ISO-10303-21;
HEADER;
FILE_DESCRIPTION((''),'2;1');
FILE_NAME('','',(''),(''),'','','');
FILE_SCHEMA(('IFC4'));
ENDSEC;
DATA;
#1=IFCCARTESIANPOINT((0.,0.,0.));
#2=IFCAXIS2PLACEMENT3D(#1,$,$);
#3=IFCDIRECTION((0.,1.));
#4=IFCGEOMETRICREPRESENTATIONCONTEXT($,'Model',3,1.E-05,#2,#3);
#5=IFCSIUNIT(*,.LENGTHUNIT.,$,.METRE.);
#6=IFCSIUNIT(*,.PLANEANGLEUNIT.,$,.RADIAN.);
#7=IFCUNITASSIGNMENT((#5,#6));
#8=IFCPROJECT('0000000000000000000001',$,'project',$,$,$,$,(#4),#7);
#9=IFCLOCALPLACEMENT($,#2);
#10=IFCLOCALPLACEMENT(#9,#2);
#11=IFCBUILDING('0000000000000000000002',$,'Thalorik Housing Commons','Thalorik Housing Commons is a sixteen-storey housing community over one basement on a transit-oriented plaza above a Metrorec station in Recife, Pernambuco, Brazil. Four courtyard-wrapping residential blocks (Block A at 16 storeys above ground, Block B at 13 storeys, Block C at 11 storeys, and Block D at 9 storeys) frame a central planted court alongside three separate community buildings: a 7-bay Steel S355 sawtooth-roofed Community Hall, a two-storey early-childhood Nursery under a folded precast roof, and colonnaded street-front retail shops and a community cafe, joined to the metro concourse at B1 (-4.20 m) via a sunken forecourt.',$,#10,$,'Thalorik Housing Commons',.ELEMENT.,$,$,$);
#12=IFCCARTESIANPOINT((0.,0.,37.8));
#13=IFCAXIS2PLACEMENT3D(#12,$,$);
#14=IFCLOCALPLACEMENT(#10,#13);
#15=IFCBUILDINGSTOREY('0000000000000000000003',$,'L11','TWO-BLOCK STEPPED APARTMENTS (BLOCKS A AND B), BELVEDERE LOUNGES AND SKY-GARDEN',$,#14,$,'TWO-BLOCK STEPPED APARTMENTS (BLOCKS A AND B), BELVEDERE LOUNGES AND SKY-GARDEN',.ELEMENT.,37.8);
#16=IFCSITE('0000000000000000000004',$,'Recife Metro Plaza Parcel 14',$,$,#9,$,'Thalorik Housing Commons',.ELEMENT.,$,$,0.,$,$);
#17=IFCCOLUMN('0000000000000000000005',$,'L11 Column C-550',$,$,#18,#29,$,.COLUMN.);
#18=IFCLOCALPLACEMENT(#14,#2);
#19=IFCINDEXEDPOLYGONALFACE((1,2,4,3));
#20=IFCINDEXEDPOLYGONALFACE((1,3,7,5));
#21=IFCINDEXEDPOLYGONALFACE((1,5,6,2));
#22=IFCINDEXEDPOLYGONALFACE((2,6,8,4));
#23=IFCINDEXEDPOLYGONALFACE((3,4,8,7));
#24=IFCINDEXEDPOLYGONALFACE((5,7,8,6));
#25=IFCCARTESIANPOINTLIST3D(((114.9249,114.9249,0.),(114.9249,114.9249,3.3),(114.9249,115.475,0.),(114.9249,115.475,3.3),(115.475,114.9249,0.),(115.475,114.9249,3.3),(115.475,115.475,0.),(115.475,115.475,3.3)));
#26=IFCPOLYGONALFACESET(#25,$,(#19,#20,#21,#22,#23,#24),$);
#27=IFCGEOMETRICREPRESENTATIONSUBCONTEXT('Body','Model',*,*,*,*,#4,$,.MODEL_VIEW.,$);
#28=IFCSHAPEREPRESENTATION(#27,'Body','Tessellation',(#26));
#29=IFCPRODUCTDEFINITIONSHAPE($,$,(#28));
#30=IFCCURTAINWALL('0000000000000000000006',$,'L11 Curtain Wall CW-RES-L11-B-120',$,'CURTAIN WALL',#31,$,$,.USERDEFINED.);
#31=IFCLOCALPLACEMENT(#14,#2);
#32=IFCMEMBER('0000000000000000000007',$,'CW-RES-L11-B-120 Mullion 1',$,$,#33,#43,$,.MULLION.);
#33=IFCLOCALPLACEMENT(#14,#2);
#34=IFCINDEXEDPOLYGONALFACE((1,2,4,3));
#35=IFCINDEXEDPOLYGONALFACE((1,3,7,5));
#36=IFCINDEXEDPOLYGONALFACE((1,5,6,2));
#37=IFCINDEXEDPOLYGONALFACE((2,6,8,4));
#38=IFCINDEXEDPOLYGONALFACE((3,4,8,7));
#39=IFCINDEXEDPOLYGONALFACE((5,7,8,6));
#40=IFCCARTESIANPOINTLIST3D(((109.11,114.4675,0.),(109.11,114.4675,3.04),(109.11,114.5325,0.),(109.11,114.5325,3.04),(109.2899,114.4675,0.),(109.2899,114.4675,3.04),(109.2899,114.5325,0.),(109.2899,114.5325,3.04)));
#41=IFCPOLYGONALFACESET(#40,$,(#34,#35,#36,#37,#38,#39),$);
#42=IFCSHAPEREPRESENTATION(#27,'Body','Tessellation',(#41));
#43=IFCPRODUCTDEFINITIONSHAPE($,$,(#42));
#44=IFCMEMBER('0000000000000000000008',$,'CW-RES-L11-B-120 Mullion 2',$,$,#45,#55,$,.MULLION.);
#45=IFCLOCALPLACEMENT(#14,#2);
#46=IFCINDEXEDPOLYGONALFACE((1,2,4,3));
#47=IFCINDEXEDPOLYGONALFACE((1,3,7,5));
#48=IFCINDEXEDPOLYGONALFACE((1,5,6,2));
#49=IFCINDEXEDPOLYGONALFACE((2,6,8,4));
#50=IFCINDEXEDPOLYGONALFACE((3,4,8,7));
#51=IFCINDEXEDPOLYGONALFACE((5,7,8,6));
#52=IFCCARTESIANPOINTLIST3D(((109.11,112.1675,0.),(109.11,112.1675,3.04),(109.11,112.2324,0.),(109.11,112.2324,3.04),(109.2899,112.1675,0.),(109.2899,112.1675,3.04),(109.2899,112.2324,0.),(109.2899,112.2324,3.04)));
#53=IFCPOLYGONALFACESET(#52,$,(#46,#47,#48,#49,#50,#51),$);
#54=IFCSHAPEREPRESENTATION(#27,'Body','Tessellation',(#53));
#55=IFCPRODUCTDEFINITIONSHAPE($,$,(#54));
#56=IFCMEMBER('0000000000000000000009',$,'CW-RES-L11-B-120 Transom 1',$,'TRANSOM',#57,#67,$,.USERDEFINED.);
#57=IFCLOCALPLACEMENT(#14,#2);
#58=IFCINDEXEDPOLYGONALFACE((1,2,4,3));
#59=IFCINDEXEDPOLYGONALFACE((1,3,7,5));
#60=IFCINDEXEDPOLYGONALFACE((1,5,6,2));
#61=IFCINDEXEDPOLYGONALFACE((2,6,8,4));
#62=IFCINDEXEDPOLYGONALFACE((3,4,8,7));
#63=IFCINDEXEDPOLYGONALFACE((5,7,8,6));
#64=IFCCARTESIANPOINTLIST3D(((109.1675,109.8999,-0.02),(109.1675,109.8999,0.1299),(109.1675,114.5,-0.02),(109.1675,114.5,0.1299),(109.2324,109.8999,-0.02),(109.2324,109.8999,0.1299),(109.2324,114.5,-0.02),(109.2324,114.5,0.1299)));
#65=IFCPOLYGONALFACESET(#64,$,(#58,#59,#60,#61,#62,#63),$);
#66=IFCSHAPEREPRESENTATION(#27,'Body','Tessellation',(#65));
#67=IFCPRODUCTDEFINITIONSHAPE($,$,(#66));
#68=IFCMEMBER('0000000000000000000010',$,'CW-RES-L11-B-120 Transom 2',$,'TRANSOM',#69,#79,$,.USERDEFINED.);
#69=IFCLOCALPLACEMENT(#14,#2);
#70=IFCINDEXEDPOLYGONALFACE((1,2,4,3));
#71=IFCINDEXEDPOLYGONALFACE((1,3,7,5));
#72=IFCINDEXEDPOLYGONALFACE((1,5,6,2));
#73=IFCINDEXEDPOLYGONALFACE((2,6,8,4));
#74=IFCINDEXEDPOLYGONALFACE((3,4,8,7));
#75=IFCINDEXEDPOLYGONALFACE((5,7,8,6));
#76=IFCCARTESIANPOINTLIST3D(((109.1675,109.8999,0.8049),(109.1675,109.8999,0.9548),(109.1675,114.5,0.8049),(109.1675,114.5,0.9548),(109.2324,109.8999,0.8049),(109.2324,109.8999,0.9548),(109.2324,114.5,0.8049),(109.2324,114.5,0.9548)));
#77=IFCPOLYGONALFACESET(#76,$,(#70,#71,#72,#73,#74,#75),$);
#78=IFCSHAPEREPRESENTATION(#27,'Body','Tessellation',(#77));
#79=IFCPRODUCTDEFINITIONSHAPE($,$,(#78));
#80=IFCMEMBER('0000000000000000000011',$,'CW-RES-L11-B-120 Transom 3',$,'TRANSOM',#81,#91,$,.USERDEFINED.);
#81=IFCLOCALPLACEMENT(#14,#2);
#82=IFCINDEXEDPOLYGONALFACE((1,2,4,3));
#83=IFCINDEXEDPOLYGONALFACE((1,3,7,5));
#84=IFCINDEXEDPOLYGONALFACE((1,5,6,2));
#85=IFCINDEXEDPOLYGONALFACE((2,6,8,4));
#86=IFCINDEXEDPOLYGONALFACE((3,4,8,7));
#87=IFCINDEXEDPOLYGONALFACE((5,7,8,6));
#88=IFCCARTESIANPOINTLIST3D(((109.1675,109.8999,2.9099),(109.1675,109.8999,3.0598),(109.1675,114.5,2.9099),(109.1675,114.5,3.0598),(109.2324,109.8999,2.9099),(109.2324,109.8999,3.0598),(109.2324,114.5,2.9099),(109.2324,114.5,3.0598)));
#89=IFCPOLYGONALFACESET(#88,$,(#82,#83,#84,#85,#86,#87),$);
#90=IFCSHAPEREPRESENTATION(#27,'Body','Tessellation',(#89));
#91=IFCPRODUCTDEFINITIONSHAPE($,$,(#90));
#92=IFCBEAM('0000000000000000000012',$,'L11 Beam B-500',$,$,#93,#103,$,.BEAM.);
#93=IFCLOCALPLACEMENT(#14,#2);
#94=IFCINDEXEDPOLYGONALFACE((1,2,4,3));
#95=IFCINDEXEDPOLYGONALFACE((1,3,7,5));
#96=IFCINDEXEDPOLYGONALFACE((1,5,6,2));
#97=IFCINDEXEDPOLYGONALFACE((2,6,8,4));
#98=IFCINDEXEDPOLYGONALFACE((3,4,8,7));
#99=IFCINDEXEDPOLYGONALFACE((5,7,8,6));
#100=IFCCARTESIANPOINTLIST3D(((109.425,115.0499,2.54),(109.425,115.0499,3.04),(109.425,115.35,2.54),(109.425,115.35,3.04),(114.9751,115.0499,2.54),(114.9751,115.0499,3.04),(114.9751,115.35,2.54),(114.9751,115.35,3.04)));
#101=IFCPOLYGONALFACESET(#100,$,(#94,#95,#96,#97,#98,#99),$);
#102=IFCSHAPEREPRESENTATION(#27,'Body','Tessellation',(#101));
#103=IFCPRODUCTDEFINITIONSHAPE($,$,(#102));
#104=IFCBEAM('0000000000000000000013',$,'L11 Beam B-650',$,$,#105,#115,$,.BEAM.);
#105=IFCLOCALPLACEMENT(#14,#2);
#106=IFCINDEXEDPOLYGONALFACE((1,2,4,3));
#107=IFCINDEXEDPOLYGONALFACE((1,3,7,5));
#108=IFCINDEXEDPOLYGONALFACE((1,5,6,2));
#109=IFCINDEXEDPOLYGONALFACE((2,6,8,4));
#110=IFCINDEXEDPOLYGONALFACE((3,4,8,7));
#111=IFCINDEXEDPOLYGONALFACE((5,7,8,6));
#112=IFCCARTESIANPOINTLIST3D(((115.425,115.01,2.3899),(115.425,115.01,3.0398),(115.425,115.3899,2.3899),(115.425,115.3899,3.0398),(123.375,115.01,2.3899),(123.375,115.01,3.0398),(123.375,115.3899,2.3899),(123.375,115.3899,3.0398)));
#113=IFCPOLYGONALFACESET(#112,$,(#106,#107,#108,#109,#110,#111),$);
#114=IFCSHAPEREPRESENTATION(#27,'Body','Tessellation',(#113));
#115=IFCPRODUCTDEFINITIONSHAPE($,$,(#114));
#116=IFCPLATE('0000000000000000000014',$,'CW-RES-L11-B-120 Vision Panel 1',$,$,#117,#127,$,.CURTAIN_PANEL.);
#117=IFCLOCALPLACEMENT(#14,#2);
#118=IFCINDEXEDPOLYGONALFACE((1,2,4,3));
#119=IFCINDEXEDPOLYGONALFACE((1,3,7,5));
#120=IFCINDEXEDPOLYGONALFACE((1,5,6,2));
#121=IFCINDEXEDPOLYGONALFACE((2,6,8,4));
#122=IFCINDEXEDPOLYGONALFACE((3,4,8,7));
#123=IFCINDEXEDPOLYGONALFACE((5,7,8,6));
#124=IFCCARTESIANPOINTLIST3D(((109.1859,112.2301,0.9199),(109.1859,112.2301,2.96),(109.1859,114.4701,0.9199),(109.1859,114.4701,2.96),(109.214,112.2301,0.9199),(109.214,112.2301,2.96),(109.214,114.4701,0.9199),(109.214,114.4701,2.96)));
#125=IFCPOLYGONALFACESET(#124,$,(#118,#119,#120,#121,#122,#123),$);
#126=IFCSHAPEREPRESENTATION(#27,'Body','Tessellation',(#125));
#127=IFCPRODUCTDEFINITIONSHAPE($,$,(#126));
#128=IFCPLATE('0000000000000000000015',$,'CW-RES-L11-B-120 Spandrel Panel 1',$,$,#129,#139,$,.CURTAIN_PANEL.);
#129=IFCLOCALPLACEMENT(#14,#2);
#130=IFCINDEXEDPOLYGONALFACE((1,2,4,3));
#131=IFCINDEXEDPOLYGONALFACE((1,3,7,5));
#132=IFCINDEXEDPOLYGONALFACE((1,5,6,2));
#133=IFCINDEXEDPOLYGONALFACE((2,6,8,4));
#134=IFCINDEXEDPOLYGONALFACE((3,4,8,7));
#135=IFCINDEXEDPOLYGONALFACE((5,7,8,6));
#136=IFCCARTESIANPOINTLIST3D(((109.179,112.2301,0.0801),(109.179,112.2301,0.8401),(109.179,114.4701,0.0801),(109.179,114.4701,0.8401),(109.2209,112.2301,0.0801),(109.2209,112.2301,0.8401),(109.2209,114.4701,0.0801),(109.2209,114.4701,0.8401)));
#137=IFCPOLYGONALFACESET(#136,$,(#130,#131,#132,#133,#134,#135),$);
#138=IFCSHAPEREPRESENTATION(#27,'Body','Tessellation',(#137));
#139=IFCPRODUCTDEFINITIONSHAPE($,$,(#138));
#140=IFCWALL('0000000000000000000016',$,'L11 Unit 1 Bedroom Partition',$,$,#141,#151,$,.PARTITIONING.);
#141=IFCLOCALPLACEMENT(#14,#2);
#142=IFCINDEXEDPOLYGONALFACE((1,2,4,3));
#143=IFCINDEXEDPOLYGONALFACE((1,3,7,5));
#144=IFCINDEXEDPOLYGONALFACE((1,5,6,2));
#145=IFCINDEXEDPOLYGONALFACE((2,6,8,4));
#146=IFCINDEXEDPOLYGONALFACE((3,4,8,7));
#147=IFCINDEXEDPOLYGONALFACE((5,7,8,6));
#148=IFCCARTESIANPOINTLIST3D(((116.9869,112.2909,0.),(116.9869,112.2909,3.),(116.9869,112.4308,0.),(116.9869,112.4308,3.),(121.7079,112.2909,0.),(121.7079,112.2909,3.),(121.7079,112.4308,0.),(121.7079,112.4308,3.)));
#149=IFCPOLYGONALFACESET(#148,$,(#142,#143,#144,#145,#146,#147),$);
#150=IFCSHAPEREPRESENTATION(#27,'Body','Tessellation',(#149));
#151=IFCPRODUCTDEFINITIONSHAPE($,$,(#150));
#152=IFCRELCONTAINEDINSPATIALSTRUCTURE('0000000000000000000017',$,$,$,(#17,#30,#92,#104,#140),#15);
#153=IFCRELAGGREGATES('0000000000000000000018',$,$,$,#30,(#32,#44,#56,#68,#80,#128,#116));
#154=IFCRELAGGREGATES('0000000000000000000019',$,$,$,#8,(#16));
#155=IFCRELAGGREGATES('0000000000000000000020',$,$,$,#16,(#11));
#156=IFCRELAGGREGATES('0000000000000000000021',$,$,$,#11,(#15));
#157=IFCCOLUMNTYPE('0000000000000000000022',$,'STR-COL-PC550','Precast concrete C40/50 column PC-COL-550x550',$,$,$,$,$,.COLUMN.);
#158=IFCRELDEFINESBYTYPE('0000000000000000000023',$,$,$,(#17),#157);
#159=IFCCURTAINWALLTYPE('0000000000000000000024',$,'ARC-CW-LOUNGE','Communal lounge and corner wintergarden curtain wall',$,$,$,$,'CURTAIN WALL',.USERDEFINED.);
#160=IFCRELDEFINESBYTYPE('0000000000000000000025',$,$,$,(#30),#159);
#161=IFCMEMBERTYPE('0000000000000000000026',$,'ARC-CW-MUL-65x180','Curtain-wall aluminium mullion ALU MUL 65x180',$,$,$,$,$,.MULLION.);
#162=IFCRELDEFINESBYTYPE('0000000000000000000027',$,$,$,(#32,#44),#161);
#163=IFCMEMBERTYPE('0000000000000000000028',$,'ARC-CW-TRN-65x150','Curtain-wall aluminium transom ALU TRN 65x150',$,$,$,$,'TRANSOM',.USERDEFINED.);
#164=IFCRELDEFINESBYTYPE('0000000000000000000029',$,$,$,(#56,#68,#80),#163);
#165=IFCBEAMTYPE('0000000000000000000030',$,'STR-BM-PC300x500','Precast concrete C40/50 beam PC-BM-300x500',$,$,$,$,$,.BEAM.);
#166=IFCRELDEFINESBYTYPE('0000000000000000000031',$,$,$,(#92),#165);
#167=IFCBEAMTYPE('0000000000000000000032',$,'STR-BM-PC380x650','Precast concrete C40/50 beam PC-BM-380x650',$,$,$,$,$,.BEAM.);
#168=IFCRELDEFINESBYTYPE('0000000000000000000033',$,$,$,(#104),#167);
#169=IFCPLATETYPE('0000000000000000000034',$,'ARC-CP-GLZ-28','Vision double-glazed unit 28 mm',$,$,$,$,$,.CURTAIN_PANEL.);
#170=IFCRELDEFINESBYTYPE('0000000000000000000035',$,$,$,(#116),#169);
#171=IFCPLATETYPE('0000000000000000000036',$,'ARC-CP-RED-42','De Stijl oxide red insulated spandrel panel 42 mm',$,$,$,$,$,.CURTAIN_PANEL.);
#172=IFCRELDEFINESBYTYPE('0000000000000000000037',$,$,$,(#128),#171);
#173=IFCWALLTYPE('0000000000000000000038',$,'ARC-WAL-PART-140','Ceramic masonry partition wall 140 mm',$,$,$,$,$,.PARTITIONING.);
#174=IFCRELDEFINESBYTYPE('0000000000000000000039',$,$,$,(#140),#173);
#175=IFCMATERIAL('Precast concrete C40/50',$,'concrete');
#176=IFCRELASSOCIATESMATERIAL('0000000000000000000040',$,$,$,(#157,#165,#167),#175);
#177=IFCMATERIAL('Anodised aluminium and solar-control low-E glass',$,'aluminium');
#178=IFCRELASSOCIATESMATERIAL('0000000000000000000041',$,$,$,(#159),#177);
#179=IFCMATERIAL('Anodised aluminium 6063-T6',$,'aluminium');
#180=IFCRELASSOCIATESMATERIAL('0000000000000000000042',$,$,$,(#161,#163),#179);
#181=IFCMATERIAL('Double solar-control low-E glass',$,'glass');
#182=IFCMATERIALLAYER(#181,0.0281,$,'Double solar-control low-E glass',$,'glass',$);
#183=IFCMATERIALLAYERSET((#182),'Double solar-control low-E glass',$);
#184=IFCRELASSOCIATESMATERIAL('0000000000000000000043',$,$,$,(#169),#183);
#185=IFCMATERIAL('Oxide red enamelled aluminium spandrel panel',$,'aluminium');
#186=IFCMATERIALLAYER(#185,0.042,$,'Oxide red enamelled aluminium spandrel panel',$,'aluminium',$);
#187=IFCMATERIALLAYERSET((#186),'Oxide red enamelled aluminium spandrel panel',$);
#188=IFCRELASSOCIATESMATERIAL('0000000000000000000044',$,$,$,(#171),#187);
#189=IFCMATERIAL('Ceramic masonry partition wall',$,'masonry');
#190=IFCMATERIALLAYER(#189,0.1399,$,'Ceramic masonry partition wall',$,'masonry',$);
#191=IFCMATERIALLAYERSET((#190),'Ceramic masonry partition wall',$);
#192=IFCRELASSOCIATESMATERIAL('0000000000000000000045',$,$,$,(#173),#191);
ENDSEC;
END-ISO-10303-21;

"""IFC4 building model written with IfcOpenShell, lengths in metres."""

from ifc_helpers import new_model, si_unit, direction, frame, frame_2d, origin, origin_2d, place, context, subcontext, project, spatial, rectangle, extrude, material, layer, layer_set, material_profile, profile_set, type_object, element, aggregate, save


model = new_model("IFC4")

# Units and contexts
model_context = context("Model", 3, precision=1e-05, world=origin(), true_north=direction((0.0, 1.0)))
body_context = subcontext(model_context, "Body", "Model", "MODEL_VIEW")
ifc_project = project(units=[si_unit("LENGTHUNIT", "METRE"), si_unit("PLANEANGLEUNIT", "RADIAN")], contexts=[model_context])

# Site, building, storey
site_placement = place(None, origin())
site = spatial("IfcSite", under=ifc_project, at=site_placement, Name="Recife Metro Plaza Parcel 14", LongName="Thalorik Housing Commons", CompositionType="ELEMENT", RefElevation=0.0)
building_placement = place(site_placement, origin())
building = spatial("IfcBuilding", under=site, at=building_placement, Name="Thalorik Housing Commons", Description="Thalorik Housing Commons is a sixteen-storey housing community over one basement on a transit-oriented plaza above a Metrorec station in Recife, Pernambuco, Brazil. Four courtyard-wrapping residential blocks (Block A at 16 storeys above ground, Block B at 13 storeys, Block C at 11 storeys, and Block D at 9 storeys) frame a central planted court alongside three separate community buildings: a 7-bay Steel S355 sawtooth-roofed Community Hall, a two-storey early-childhood Nursery under a folded precast roof, and colonnaded street-front retail shops and a community cafe, joined to the metro concourse at B1 (-4.20 m) via a sunken forecourt.", LongName="Thalorik Housing Commons", CompositionType="ELEMENT")
storey_placement = place(building_placement, frame((0.0, 0.0, 37.8)))
storey = spatial("IfcBuildingStorey", under=building, at=storey_placement, Name="L11", Description="TWO-BLOCK STEPPED APARTMENTS (BLOCKS A AND B), BELVEDERE LOUNGES AND SKY-GARDEN", LongName="TWO-BLOCK STEPPED APARTMENTS (BLOCKS A AND B), BELVEDERE LOUNGES AND SKY-GARDEN", CompositionType="ELEMENT", Elevation=37.8)

# Column
ifc_material_1 = material(Name="Precast concrete C40/50", Category="concrete")
ifc_material_profile_1 = material_profile(ifc_material_1, rectangle(XDim=0.55, YDim=0.55, at=origin_2d()), Name="PC 550x550", Category="concrete")
ifc_profile_set_1 = profile_set([ifc_material_profile_1], Name="Precast concrete C40/50")
column_type = type_object("IfcColumnType", Name="STR-COL-PC550", Description="Precast concrete C40/50 column PC-COL-550x550", PredefinedType="COLUMN", material=ifc_profile_set_1)
column_placement = place(storey_placement, frame((115.2, 115.2, 0.0), z_axis=(0.0, 0.0, 1.0), x_axis=(1.0, 0.0, 0.0)))
element("IfcColumn", 1, at=column_placement, inside=storey, type_object=column_type, Name="L11 Column C-550", PredefinedType="COLUMN", context=body_context, shape_type="SweptSolid", body=[
    extrude(rectangle(XDim=0.55, YDim=0.55, at=origin_2d()), origin(), (0.0, 0.0, 1.0), 3.3),
])

# Curtain wall, members
ifc_material_2 = material(Name="Anodised aluminium and solar-control low-E glass", Category="aluminium")
curtain_wall_type = type_object("IfcCurtainWallType", Name="ARC-CW-LOUNGE", Description="Communal lounge and corner wintergarden curtain wall", ElementType="CURTAIN WALL", PredefinedType="USERDEFINED", material=ifc_material_2)
curtain_wall_placement = place(storey_placement, origin())
curtain_wall = element("IfcCurtainWall", 2, at=curtain_wall_placement, inside=storey, type_object=curtain_wall_type, Name="L11 Curtain Wall CW-RES-L11-B-120", ObjectType="CURTAIN WALL", PredefinedType="USERDEFINED")
ifc_material_3 = material(Name="Anodised aluminium 6063-T6", Category="aluminium")
ifc_material_profile_2 = material_profile(ifc_material_3, rectangle(XDim=0.0649, YDim=0.1799, at=origin_2d()), Name="ALU MUL 65x180", Category="aluminium")
ifc_profile_set_2 = profile_set([ifc_material_profile_2], Name="Anodised aluminium 6063-T6")
member_type_1 = type_object("IfcMemberType", Name="ARC-CW-MUL-65x180", Description="Curtain-wall aluminium mullion ALU MUL 65x180", PredefinedType="MULLION", material=ifc_profile_set_2)
member_1_placement = place(storey_placement, frame((109.2, 114.5, 0.0), z_axis=(0.0, 0.0, 1.0), x_axis=(0.0, -1.0, 0.0)))
member_1 = element("IfcMember", 3, at=member_1_placement, type_object=member_type_1, Name="CW-RES-L11-B-120 Mullion 1", PredefinedType="MULLION", context=body_context, shape_type="SweptSolid", body=[
    extrude(rectangle(XDim=0.0649, YDim=0.1799, at=origin_2d()), origin(), (0.0, 0.0, 1.0), 3.04),
])
member_2_placement = place(storey_placement, frame((109.2, 112.2, 0.0), z_axis=(0.0, 0.0, 1.0), x_axis=(0.0, -1.0, 0.0)))
member_2 = element("IfcMember", 4, at=member_2_placement, type_object=member_type_1, Name="CW-RES-L11-B-120 Mullion 2", PredefinedType="MULLION", context=body_context, shape_type="SweptSolid", body=[
    extrude(rectangle(XDim=0.0649, YDim=0.1799, at=origin_2d()), origin(), (0.0, 0.0, 1.0), 3.04),
])
ifc_material_profile_3 = material_profile(ifc_material_3, rectangle(XDim=0.0649, YDim=0.1499, at=origin_2d()), Name="ALU TRN 65x150", Category="aluminium")
ifc_profile_set_3 = profile_set([ifc_material_profile_3], Name="Anodised aluminium 6063-T6")
member_type_2 = type_object("IfcMemberType", Name="ARC-CW-TRN-65x150", Description="Curtain-wall aluminium transom ALU TRN 65x150", ElementType="TRANSOM", PredefinedType="USERDEFINED", material=ifc_profile_set_3)
member_3_placement = place(storey_placement, frame((109.2, 114.5, 0.0549), z_axis=(0.0, -1.0, 0.0), x_axis=(1.0, 0.0, 0.0)))
member_3 = element("IfcMember", 5, at=member_3_placement, type_object=member_type_2, Name="CW-RES-L11-B-120 Transom 1", ObjectType="TRANSOM", PredefinedType="USERDEFINED", context=body_context, shape_type="SweptSolid", body=[
    extrude(rectangle(XDim=0.0649, YDim=0.1499, at=origin_2d()), origin(), (0.0, 0.0, 1.0), 4.6001),
])
member_4_placement = place(storey_placement, frame((109.2, 114.5, 0.8799), z_axis=(0.0, -1.0, 0.0), x_axis=(1.0, 0.0, 0.0)))
member_4 = element("IfcMember", 6, at=member_4_placement, type_object=member_type_2, Name="CW-RES-L11-B-120 Transom 2", ObjectType="TRANSOM", PredefinedType="USERDEFINED", context=body_context, shape_type="SweptSolid", body=[
    extrude(rectangle(XDim=0.0649, YDim=0.1499, at=origin_2d()), origin(), (0.0, 0.0, 1.0), 4.6001),
])
member_5_placement = place(storey_placement, frame((109.2, 114.5, 2.9849), z_axis=(0.0, -1.0, 0.0), x_axis=(1.0, 0.0, 0.0)))
member_5 = element("IfcMember", 7, at=member_5_placement, type_object=member_type_2, Name="CW-RES-L11-B-120 Transom 3", ObjectType="TRANSOM", PredefinedType="USERDEFINED", context=body_context, shape_type="SweptSolid", body=[
    extrude(rectangle(XDim=0.0649, YDim=0.1499, at=origin_2d()), origin(), (0.0, 0.0, 1.0), 4.6001),
])

# Beams
ifc_material_profile_4 = material_profile(ifc_material_1, rectangle(XDim=0.3, YDim=0.5, at=origin_2d()), Name="PC 300x500", Category="concrete")
ifc_profile_set_4 = profile_set([ifc_material_profile_4], Name="Precast concrete C40/50")
beam_type_1 = type_object("IfcBeamType", Name="STR-BM-PC300x500", Description="Precast concrete C40/50 beam PC-BM-300x500", PredefinedType="BEAM", material=ifc_profile_set_4)
beam_1_placement = place(storey_placement, frame((109.425, 115.2, 2.79), z_axis=(1.0, 0.0, 0.0), x_axis=(0.0, 1.0, 0.0)))
element("IfcBeam", 8, at=beam_1_placement, inside=storey, type_object=beam_type_1, Name="L11 Beam B-500", PredefinedType="BEAM", context=body_context, shape_type="SweptSolid", body=[
    extrude(rectangle(XDim=0.3, YDim=0.5, at=origin_2d()), origin(), (0.0, 0.0, 1.0), 5.55),
])
ifc_material_profile_5 = material_profile(ifc_material_1, rectangle(XDim=0.3799, YDim=0.6499, at=origin_2d()), Name="PC 380x650", Category="concrete")
ifc_profile_set_5 = profile_set([ifc_material_profile_5], Name="Precast concrete C40/50")
beam_type_2 = type_object("IfcBeamType", Name="STR-BM-PC380x650", Description="Precast concrete C40/50 beam PC-BM-380x650", PredefinedType="BEAM", material=ifc_profile_set_5)
beam_2_placement = place(storey_placement, frame((115.425, 115.2, 2.7148), z_axis=(1.0, 0.0, 0.0), x_axis=(0.0, 1.0, 0.0)))
element("IfcBeam", 9, at=beam_2_placement, inside=storey, type_object=beam_type_2, Name="L11 Beam B-650", PredefinedType="BEAM", context=body_context, shape_type="SweptSolid", body=[
    extrude(rectangle(XDim=0.3799, YDim=0.6499, at=origin_2d()), origin(), (0.0, 0.0, 1.0), 7.95),
])

# Plates
ifc_material_4 = material(Name="Double solar-control low-E glass", Category="glass")
ifc_layer_1 = layer(ifc_material_4, 0.0281, Name="Double solar-control low-E glass", Category="glass")
ifc_layer_set_1 = layer_set([ifc_layer_1], Name="Double solar-control low-E glass")
plate_type_1 = type_object("IfcPlateType", Name="ARC-CP-GLZ-28", Description="Vision double-glazed unit 28 mm", PredefinedType="CURTAIN_PANEL", material=ifc_layer_set_1)
plate_1_placement = place(storey_placement, frame((109.2, 113.3501, 0.9199), z_axis=(0.0, 0.0, 1.0), x_axis=(0.0, -1.0, 0.0)))
plate_1 = element("IfcPlate", 10, at=plate_1_placement, type_object=plate_type_1, Name="CW-RES-L11-B-120 Vision Panel 1", PredefinedType="CURTAIN_PANEL", context=body_context, shape_type="SweptSolid", body=[
    extrude(rectangle(XDim=2.24, YDim=0.0281, at=origin_2d()), origin(), (0.0, 0.0, 1.0), 2.04),
])
ifc_material_5 = material(Name="Oxide red enamelled aluminium spandrel panel", Category="aluminium")
ifc_layer_2 = layer(ifc_material_5, 0.042, Name="Oxide red enamelled aluminium spandrel panel", Category="aluminium")
ifc_layer_set_2 = layer_set([ifc_layer_2], Name="Oxide red enamelled aluminium spandrel panel")
plate_type_2 = type_object("IfcPlateType", Name="ARC-CP-RED-42", Description="De Stijl oxide red insulated spandrel panel 42 mm", PredefinedType="CURTAIN_PANEL", material=ifc_layer_set_2)
plate_2_placement = place(storey_placement, frame((109.2, 113.3501, 0.0801), z_axis=(0.0, 0.0, 1.0), x_axis=(0.0, -1.0, 0.0)))
plate_2 = element("IfcPlate", 11, at=plate_2_placement, type_object=plate_type_2, Name="CW-RES-L11-B-120 Spandrel Panel 1", PredefinedType="CURTAIN_PANEL", context=body_context, shape_type="SweptSolid", body=[
    extrude(rectangle(XDim=2.24, YDim=0.042, at=origin_2d()), origin(), (0.0, 0.0, 1.0), 0.76),
])
aggregate(curtain_wall, [member_1, member_2, member_3, member_4, member_5, plate_2, plate_1])

# Wall
ifc_material_6 = material(Name="Ceramic masonry partition wall", Category="masonry")
ifc_layer_3 = layer(ifc_material_6, 0.1399, Name="Ceramic masonry partition wall", Category="masonry")
ifc_layer_set_3 = layer_set([ifc_layer_3], Name="Ceramic masonry partition wall")
wall_type = type_object("IfcWallType", Name="ARC-WAL-PART-140", Description="Ceramic masonry partition wall 140 mm", PredefinedType="PARTITIONING", material=ifc_layer_set_3)
wall_placement = place(storey_placement, frame((116.9871, 112.3608, 0.0), z_axis=(0.0, 0.0, 1.0), x_axis=(1.0, 0.0, 0.0)))
element("IfcWall", 12, at=wall_placement, inside=storey, type_object=wall_type, Name="L11 Unit 1 Bedroom Partition", PredefinedType="PARTITIONING", context=body_context, shape_type="SweptSolid", body=[
    extrude(rectangle(XDim=4.7209, YDim=0.1399, at=frame_2d((2.3604, 0.0))), origin(), (0.0, 0.0, 1.0), 3.0),
])

save(model, "model.ifc")
